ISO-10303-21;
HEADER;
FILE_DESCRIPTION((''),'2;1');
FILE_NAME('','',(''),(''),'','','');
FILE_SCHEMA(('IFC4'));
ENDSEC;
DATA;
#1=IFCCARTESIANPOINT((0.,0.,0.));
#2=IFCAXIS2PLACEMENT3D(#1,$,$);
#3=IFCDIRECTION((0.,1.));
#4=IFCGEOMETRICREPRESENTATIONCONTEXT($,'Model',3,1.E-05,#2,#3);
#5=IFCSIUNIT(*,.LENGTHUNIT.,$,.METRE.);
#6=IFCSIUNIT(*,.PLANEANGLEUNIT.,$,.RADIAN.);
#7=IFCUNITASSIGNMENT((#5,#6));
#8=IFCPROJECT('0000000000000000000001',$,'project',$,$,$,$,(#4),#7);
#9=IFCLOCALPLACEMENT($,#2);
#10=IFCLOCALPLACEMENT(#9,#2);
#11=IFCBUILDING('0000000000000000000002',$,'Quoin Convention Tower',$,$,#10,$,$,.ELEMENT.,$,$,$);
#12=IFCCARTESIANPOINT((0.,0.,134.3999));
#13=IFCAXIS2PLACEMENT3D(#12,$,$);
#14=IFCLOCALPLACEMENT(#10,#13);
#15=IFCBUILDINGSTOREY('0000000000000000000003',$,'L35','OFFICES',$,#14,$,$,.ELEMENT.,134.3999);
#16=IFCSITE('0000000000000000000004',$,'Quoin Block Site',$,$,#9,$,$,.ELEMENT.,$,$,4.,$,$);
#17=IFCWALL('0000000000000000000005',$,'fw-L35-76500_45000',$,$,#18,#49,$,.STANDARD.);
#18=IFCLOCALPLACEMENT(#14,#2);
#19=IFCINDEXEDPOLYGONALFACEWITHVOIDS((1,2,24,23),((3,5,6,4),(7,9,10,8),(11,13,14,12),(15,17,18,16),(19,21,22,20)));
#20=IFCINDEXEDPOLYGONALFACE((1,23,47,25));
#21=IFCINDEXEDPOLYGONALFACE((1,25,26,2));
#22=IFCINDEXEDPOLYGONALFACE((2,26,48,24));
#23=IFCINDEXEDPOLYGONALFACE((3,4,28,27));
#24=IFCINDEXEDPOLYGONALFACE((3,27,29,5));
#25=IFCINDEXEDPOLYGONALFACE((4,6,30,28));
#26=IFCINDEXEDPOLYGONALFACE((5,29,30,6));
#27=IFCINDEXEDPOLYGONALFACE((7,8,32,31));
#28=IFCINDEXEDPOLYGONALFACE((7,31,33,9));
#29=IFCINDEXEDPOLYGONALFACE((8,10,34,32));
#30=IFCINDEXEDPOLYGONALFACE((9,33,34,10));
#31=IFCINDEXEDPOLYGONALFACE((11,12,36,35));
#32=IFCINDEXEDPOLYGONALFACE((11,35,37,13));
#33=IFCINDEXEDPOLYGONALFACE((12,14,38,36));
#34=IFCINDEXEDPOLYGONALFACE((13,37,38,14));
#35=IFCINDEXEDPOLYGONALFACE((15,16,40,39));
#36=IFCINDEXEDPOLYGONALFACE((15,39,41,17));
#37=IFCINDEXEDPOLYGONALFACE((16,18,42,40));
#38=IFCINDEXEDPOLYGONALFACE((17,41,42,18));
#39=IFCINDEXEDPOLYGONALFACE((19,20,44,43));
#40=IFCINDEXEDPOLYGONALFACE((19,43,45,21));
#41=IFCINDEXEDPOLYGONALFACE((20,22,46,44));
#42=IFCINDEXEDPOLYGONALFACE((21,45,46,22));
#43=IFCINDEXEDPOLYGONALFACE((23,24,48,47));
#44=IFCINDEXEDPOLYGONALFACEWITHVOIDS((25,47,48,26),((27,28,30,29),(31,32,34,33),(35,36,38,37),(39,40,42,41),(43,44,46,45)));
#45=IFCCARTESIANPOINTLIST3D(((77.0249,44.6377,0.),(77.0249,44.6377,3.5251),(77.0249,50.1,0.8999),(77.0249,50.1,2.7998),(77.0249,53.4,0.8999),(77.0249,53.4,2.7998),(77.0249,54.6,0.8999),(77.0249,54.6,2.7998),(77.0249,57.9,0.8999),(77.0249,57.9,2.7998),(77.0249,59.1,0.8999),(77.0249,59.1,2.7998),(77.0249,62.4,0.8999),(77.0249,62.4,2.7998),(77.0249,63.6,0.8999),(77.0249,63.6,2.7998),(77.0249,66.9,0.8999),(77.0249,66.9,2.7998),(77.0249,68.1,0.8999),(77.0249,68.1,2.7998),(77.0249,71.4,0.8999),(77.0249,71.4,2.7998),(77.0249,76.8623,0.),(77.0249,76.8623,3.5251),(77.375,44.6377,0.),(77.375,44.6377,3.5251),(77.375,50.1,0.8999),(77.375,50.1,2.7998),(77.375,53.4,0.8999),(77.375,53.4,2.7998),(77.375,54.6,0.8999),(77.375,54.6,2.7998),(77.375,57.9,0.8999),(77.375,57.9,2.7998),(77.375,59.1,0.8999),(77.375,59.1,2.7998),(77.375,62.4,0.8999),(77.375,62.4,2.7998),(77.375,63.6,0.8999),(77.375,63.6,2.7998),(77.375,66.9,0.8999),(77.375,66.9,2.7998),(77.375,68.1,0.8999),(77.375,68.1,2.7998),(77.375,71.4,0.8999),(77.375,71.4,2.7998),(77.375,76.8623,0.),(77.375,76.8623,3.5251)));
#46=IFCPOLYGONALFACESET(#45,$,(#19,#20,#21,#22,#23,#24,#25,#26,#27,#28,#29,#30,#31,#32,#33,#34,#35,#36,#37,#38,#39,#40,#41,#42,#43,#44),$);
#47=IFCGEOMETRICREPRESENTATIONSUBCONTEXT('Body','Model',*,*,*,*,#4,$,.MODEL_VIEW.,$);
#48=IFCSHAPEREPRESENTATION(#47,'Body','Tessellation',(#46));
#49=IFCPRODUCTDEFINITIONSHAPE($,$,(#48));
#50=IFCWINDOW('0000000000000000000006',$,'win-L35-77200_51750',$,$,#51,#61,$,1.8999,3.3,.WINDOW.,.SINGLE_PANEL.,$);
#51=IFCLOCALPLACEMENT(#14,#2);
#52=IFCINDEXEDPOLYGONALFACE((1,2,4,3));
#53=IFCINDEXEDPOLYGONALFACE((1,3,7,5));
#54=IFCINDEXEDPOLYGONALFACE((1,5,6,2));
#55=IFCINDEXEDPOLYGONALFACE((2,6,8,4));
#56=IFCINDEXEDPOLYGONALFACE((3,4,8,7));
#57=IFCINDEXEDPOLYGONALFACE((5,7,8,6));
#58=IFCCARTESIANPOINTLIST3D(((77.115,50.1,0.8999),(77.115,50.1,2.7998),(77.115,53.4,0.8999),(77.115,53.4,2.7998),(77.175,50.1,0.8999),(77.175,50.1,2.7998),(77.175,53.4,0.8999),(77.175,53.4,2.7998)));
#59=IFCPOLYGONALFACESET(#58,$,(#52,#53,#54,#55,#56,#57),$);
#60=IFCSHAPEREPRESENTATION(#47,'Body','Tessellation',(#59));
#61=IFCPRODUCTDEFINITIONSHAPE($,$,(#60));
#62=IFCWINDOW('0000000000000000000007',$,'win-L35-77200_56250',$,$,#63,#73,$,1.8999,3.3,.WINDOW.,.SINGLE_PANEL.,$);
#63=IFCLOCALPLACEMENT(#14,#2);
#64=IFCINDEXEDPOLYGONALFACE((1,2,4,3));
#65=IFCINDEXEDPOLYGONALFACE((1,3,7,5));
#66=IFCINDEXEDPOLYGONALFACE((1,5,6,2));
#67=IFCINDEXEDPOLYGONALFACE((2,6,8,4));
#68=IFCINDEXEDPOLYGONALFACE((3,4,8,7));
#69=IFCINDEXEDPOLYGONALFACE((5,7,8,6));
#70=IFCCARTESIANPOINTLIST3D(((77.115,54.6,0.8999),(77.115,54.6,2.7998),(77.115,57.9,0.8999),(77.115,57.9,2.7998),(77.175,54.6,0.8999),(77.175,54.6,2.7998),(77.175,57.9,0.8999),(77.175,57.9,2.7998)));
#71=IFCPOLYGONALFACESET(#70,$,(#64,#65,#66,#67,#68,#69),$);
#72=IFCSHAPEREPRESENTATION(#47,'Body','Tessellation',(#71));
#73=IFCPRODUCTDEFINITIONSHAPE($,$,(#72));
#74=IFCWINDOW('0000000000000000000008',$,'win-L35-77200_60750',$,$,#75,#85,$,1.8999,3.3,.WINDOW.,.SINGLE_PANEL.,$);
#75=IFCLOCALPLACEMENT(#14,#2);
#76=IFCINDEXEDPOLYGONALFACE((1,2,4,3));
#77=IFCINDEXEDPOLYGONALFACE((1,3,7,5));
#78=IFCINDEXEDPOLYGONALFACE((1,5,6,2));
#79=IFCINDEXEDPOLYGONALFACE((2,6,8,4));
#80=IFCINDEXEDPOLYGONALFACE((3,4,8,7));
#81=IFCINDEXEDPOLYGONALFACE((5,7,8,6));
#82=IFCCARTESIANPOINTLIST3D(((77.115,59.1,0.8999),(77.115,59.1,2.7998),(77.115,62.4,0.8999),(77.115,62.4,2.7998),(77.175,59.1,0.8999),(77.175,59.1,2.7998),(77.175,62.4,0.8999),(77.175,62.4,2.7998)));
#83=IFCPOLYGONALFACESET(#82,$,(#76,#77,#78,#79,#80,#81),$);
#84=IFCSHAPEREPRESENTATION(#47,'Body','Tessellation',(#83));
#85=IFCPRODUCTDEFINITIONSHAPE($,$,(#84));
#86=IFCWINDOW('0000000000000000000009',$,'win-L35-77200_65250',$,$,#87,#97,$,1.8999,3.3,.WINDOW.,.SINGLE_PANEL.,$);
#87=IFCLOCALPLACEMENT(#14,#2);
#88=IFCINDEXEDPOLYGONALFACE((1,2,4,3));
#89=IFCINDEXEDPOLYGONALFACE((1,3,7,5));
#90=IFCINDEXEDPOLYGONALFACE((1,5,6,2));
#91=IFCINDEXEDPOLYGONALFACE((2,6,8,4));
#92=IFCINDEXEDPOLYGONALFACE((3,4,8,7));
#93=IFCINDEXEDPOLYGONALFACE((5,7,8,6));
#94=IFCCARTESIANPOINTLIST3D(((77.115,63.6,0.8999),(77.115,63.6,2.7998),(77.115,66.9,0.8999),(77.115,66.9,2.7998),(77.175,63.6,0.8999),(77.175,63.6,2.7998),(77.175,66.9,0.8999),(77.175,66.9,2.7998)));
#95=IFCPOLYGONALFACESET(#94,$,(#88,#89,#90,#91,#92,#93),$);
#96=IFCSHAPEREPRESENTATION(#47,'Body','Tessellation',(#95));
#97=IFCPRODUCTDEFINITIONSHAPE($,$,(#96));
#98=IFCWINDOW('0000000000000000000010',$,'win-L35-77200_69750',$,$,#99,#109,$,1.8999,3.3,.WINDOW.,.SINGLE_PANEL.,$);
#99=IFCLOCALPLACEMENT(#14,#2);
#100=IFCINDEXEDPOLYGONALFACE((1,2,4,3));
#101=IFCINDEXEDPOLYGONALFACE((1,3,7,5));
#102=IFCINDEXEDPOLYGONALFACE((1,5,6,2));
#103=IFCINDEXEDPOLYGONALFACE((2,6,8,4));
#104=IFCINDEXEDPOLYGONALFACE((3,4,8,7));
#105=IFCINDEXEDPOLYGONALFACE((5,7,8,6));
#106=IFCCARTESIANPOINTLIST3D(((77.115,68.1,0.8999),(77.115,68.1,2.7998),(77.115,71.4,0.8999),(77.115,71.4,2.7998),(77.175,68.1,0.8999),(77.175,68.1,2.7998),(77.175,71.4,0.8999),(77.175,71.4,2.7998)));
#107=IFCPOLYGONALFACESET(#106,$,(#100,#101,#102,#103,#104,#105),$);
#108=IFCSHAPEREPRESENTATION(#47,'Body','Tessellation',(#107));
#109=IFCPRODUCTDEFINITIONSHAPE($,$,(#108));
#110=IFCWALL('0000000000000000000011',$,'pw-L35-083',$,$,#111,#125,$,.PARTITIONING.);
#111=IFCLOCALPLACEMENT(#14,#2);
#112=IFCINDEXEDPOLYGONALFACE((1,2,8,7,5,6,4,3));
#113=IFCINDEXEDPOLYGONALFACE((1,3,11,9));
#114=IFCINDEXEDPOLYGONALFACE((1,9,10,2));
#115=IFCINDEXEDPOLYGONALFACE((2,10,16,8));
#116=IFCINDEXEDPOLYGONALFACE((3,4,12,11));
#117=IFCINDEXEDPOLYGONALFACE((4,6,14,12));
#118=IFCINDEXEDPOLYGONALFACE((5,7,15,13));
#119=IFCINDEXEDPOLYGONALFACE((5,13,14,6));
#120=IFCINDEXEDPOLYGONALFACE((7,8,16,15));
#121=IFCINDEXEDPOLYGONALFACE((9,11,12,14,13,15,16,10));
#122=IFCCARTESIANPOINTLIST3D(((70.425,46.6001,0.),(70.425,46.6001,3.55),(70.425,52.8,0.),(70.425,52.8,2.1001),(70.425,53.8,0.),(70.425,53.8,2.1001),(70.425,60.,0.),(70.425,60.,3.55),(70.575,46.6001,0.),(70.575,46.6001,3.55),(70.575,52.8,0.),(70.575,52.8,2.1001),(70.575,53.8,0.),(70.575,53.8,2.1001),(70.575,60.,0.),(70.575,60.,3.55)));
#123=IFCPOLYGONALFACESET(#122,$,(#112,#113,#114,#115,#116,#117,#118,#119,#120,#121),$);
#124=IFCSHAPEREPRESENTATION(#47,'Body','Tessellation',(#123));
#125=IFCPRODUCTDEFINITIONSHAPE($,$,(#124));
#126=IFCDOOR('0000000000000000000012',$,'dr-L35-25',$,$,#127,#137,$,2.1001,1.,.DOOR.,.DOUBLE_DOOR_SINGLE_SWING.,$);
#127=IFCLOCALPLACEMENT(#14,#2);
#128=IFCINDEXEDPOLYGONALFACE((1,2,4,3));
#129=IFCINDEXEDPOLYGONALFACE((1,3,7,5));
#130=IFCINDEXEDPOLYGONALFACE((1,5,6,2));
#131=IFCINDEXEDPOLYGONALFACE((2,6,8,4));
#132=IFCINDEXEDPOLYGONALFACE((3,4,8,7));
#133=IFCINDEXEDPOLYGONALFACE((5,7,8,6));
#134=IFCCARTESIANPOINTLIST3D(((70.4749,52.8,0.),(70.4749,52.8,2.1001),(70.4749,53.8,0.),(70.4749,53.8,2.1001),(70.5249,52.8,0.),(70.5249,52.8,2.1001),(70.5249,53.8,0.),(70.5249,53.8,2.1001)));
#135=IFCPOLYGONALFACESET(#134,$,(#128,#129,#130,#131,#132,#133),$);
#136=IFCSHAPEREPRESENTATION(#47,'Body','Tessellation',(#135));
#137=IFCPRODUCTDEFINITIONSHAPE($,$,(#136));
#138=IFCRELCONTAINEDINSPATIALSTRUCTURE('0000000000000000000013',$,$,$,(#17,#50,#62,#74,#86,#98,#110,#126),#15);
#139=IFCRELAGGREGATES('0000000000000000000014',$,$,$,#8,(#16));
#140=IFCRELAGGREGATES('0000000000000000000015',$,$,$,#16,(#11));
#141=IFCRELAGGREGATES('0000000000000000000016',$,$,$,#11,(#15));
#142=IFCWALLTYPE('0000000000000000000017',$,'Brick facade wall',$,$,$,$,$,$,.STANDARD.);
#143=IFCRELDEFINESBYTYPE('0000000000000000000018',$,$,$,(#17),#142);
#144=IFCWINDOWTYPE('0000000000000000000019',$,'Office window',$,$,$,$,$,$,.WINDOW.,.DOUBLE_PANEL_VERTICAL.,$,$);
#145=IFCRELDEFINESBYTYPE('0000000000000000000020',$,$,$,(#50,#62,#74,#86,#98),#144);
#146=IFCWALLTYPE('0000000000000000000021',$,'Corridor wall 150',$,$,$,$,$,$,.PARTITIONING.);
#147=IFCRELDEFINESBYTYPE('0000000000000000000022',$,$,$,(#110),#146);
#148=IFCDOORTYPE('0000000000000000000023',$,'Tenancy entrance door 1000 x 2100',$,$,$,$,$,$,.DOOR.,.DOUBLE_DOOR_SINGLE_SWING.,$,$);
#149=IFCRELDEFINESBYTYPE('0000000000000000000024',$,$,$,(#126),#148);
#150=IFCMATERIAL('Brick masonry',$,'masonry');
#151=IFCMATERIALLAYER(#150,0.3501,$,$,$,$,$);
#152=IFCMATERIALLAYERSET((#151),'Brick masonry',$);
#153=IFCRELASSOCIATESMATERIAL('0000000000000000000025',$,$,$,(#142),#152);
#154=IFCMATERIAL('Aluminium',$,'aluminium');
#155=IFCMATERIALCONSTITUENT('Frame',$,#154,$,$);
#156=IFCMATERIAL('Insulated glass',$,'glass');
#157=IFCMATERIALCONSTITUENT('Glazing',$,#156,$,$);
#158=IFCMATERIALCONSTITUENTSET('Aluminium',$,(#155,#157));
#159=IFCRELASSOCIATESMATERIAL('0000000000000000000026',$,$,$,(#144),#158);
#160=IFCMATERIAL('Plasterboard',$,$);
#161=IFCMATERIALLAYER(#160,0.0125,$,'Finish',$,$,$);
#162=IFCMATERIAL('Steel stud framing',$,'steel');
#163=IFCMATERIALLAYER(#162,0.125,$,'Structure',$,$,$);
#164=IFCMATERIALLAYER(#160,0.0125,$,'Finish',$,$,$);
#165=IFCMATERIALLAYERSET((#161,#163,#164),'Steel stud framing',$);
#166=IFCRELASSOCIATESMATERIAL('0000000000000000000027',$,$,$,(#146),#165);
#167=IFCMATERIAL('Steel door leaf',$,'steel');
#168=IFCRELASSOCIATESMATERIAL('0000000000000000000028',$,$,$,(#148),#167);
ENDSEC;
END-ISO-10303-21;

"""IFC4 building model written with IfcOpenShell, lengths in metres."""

from ifc_helpers import new_model, si_unit, direction, frame, frame_2d, origin, place, context, subcontext, project, spatial, rectangle, extrude, material, layer, layer_set, constituent, constituent_set, type_object, element, fill, save


model = new_model("IFC4")

# Units and contexts
model_context = context("Model", 3, precision=1e-05, world=origin(), true_north=direction((0.0, 1.0)))
body_context = subcontext(model_context, "Body", "Model", "MODEL_VIEW")
ifc_project = project(units=[si_unit("LENGTHUNIT", "METRE"), si_unit("PLANEANGLEUNIT", "RADIAN")], contexts=[model_context])

# Site, building, storey
site_placement = place(None, origin())
site = spatial("IfcSite", under=ifc_project, at=site_placement, Name="Quoin Block Site", CompositionType="ELEMENT", RefElevation=4.0)
building_placement = place(site_placement, origin())
building = spatial("IfcBuilding", under=site, at=building_placement, Name="Quoin Convention Tower", CompositionType="ELEMENT")
storey_placement = place(building_placement, frame((0.0, 0.0, 134.3999)))
storey = spatial("IfcBuildingStorey", under=building, at=storey_placement, Name="L35", Description="OFFICES", CompositionType="ELEMENT", Elevation=134.3999)

# Shared definitions
ifc_material_1 = material(Name="Plasterboard")
ifc_material_2 = material(Name="Steel stud framing", Category="steel")
ifc_material_3 = material(Name="Steel door leaf", Category="steel")

# Wall, openings, windows
ifc_material_4 = material(Name="Brick masonry", Category="masonry")
ifc_layer_1 = layer(ifc_material_4, 0.3501)
ifc_layer_set_1 = layer_set([ifc_layer_1], Name="Brick masonry")
wall_type_1 = type_object("IfcWallType", Name="Brick facade wall", PredefinedType="STANDARD", material=ifc_layer_set_1)
wall_1_placement = place(storey_placement, frame((77.2, 44.6377, 0.0), z_axis=(0.0, 0.0, 1.0), x_axis=(0.0, 1.0, 0.0)))
wall_1 = element("IfcWall", 1, at=wall_1_placement, inside=storey, type_object=wall_type_1, Name="fw-L35-76500_45000", PredefinedType="STANDARD", context=body_context, shape_type="SweptSolid", body=[
    extrude(rectangle(XDim=32.2246, YDim=0.3501, at=frame_2d((16.1123, 0.0))), origin(), (0.0, 0.0, 1.0), 3.5251),
])
opening_1_placement = place(wall_1_placement, frame((5.4624, 0.0, 0.8999)))
opening_1 = element("IfcOpeningElement", 2, at=opening_1_placement, cuts=wall_1, PredefinedType="OPENING", context=body_context, shape_type="SweptSolid", body=[
    extrude(rectangle(XDim=3.3, YDim=1.8999, at=frame_2d((1.6499, 0.95))), frame((0.0, 0.1851, 0.0), z_axis=(0.0, -1.0, 0.0), x_axis=(1.0, 0.0, 0.0)), (0.0, 0.0, 1.0), 0.3701),
])
opening_2_placement = place(wall_1_placement, frame((9.9624, 0.0, 0.8999)))
opening_2 = element("IfcOpeningElement", 3, at=opening_2_placement, cuts=wall_1, PredefinedType="OPENING", context=body_context, shape_type="SweptSolid", body=[
    extrude(rectangle(XDim=3.3, YDim=1.8999, at=frame_2d((1.6499, 0.95))), frame((0.0, 0.1851, 0.0), z_axis=(0.0, -1.0, 0.0), x_axis=(1.0, 0.0, 0.0)), (0.0, 0.0, 1.0), 0.3701),
])
opening_3_placement = place(wall_1_placement, frame((14.4624, 0.0, 0.8999)))
opening_3 = element("IfcOpeningElement", 4, at=opening_3_placement, cuts=wall_1, PredefinedType="OPENING", context=body_context, shape_type="SweptSolid", body=[
    extrude(rectangle(XDim=3.3, YDim=1.8999, at=frame_2d((1.6499, 0.95))), frame((0.0, 0.1851, 0.0), z_axis=(0.0, -1.0, 0.0), x_axis=(1.0, 0.0, 0.0)), (0.0, 0.0, 1.0), 0.3701),
])
opening_4_placement = place(wall_1_placement, frame((18.9624, 0.0, 0.8999)))
opening_4 = element("IfcOpeningElement", 5, at=opening_4_placement, cuts=wall_1, PredefinedType="OPENING", context=body_context, shape_type="SweptSolid", body=[
    extrude(rectangle(XDim=3.3, YDim=1.8999, at=frame_2d((1.6499, 0.95))), frame((0.0, 0.1851, 0.0), z_axis=(0.0, -1.0, 0.0), x_axis=(1.0, 0.0, 0.0)), (0.0, 0.0, 1.0), 0.3701),
])
opening_5_placement = place(wall_1_placement, frame((23.4624, 0.0, 0.8999)))
opening_5 = element("IfcOpeningElement", 6, at=opening_5_placement, cuts=wall_1, PredefinedType="OPENING", context=body_context, shape_type="SweptSolid", body=[
    extrude(rectangle(XDim=3.3, YDim=1.8999, at=frame_2d((1.6499, 0.95))), frame((0.0, 0.1851, 0.0), z_axis=(0.0, -1.0, 0.0), x_axis=(1.0, 0.0, 0.0)), (0.0, 0.0, 1.0), 0.3701),
])
ifc_material_5 = material(Name="Aluminium", Category="aluminium")
ifc_constituent_1 = constituent(ifc_material_5, Name="Frame")
ifc_material_6 = material(Name="Insulated glass", Category="glass")
ifc_constituent_2 = constituent(ifc_material_6, Name="Glazing")
ifc_constituent_set = constituent_set(constituents=[ifc_constituent_1, ifc_constituent_2], Name="Aluminium")
window_type = type_object("IfcWindowType", Name="Office window", PartitioningType="DOUBLE_PANEL_VERTICAL", PredefinedType="WINDOW", material=ifc_constituent_set)
window_1_placement = place(opening_1_placement, origin())
window_1 = element("IfcWindow", 7, at=window_1_placement, inside=storey, type_object=window_type, Name="win-L35-77200_51750", OverallHeight=1.8999, OverallWidth=3.3, PartitioningType="SINGLE_PANEL", PredefinedType="WINDOW", context=body_context, shape_type="SweptSolid", body=[
    extrude(rectangle(XDim=3.3, YDim=1.8999, at=frame_2d((1.6499, 0.95))), frame((0.0, 0.085, 0.0), z_axis=(0.0, -1.0, 0.0), x_axis=(1.0, 0.0, 0.0)), (0.0, 0.0, 1.0), 0.0601),
])
fill(opening_1, window_1)
window_2_placement = place(opening_2_placement, origin())
window_2 = element("IfcWindow", 8, at=window_2_placement, inside=storey, type_object=window_type, Name="win-L35-77200_56250", OverallHeight=1.8999, OverallWidth=3.3, PartitioningType="SINGLE_PANEL", PredefinedType="WINDOW", context=body_context, shape_type="SweptSolid", body=[
    extrude(rectangle(XDim=3.3, YDim=1.8999, at=frame_2d((1.6499, 0.95))), frame((0.0, 0.085, 0.0), z_axis=(0.0, -1.0, 0.0), x_axis=(1.0, 0.0, 0.0)), (0.0, 0.0, 1.0), 0.0601),
])
fill(opening_2, window_2)
window_3_placement = place(opening_3_placement, origin())
window_3 = element("IfcWindow", 9, at=window_3_placement, inside=storey, type_object=window_type, Name="win-L35-77200_60750", OverallHeight=1.8999, OverallWidth=3.3, PartitioningType="SINGLE_PANEL", PredefinedType="WINDOW", context=body_context, shape_type="SweptSolid", body=[
    extrude(rectangle(XDim=3.3, YDim=1.8999, at=frame_2d((1.6499, 0.95))), frame((0.0, 0.085, 0.0), z_axis=(0.0, -1.0, 0.0), x_axis=(1.0, 0.0, 0.0)), (0.0, 0.0, 1.0), 0.0601),
])
fill(opening_3, window_3)
window_4_placement = place(opening_4_placement, origin())
window_4 = element("IfcWindow", 10, at=window_4_placement, inside=storey, type_object=window_type, Name="win-L35-77200_65250", OverallHeight=1.8999, OverallWidth=3.3, PartitioningType="SINGLE_PANEL", PredefinedType="WINDOW", context=body_context, shape_type="SweptSolid", body=[
    extrude(rectangle(XDim=3.3, YDim=1.8999, at=frame_2d((1.6499, 0.95))), frame((0.0, 0.085, 0.0), z_axis=(0.0, -1.0, 0.0), x_axis=(1.0, 0.0, 0.0)), (0.0, 0.0, 1.0), 0.0601),
])
fill(opening_4, window_4)
window_5_placement = place(opening_5_placement, origin())
window_5 = element("IfcWindow", 11, at=window_5_placement, inside=storey, type_object=window_type, Name="win-L35-77200_69750", OverallHeight=1.8999, OverallWidth=3.3, PartitioningType="SINGLE_PANEL", PredefinedType="WINDOW", context=body_context, shape_type="SweptSolid", body=[
    extrude(rectangle(XDim=3.3, YDim=1.8999, at=frame_2d((1.6499, 0.95))), frame((0.0, 0.085, 0.0), z_axis=(0.0, -1.0, 0.0), x_axis=(1.0, 0.0, 0.0)), (0.0, 0.0, 1.0), 0.0601),
])
fill(opening_5, window_5)

# Wall, opening, door
ifc_layer_2 = layer(ifc_material_1, 0.0125, Name="Finish")
ifc_layer_3 = layer(ifc_material_2, 0.125, Name="Structure")
ifc_layer_4 = layer(ifc_material_1, 0.0125, Name="Finish")
ifc_layer_set_2 = layer_set([ifc_layer_2, ifc_layer_3, ifc_layer_4], Name="Steel stud framing")
wall_type_2 = type_object("IfcWallType", Name="Corridor wall 150", PredefinedType="PARTITIONING", material=ifc_layer_set_2)
wall_2_placement = place(storey_placement, frame((70.5, 46.6001, 0.0), z_axis=(0.0, 0.0, 1.0), x_axis=(0.0, 1.0, 0.0)))
wall_2 = element("IfcWall", 12, at=wall_2_placement, inside=storey, type_object=wall_type_2, Name="pw-L35-083", PredefinedType="PARTITIONING", context=body_context, shape_type="SweptSolid", body=[
    extrude(rectangle(XDim=13.3999, YDim=0.1499, at=frame_2d((6.7, 0.0))), origin(), (0.0, 0.0, 1.0), 3.55),
])
opening_6_placement = place(wall_2_placement, frame((6.2, 0.0, 0.0)))
opening_6 = element("IfcOpeningElement", 13, at=opening_6_placement, cuts=wall_2, PredefinedType="OPENING", context=body_context, shape_type="SweptSolid", body=[
    extrude(rectangle(XDim=1.0, YDim=2.1001, at=frame_2d((0.5, 1.05))), frame((0.0, 0.085, 0.0), z_axis=(0.0, -1.0, 0.0), x_axis=(1.0, 0.0, 0.0)), (0.0, 0.0, 1.0), 0.1699),
])
door_type_1 = type_object("IfcDoorType", Name="Tenancy entrance door 1000 x 2100", OperationType="DOUBLE_DOOR_SINGLE_SWING", PredefinedType="DOOR", material=ifc_material_3)
door_1_placement = place(opening_6_placement, frame((1.0, 0.0, 0.0), z_axis=(0.0, 0.0, 1.0), x_axis=(-1.0, 0.0, 0.0)))
door_1 = element("IfcDoor", 14, at=door_1_placement, inside=storey, type_object=door_type_1, Name="dr-L35-25", OperationType="DOUBLE_DOOR_SINGLE_SWING", OverallHeight=2.1001, OverallWidth=1.0, PredefinedType="DOOR", context=body_context, shape_type="SweptSolid", body=[
    extrude(rectangle(XDim=1.0, YDim=2.1001, at=frame_2d((0.5, 1.05))), frame((0.0, 0.0249, 0.0), z_axis=(0.0, -1.0, 0.0), x_axis=(1.0, 0.0, 0.0)), (0.0, 0.0, 1.0), 0.05),
])
fill(opening_6, door_1)

save(model, "model.ifc")
